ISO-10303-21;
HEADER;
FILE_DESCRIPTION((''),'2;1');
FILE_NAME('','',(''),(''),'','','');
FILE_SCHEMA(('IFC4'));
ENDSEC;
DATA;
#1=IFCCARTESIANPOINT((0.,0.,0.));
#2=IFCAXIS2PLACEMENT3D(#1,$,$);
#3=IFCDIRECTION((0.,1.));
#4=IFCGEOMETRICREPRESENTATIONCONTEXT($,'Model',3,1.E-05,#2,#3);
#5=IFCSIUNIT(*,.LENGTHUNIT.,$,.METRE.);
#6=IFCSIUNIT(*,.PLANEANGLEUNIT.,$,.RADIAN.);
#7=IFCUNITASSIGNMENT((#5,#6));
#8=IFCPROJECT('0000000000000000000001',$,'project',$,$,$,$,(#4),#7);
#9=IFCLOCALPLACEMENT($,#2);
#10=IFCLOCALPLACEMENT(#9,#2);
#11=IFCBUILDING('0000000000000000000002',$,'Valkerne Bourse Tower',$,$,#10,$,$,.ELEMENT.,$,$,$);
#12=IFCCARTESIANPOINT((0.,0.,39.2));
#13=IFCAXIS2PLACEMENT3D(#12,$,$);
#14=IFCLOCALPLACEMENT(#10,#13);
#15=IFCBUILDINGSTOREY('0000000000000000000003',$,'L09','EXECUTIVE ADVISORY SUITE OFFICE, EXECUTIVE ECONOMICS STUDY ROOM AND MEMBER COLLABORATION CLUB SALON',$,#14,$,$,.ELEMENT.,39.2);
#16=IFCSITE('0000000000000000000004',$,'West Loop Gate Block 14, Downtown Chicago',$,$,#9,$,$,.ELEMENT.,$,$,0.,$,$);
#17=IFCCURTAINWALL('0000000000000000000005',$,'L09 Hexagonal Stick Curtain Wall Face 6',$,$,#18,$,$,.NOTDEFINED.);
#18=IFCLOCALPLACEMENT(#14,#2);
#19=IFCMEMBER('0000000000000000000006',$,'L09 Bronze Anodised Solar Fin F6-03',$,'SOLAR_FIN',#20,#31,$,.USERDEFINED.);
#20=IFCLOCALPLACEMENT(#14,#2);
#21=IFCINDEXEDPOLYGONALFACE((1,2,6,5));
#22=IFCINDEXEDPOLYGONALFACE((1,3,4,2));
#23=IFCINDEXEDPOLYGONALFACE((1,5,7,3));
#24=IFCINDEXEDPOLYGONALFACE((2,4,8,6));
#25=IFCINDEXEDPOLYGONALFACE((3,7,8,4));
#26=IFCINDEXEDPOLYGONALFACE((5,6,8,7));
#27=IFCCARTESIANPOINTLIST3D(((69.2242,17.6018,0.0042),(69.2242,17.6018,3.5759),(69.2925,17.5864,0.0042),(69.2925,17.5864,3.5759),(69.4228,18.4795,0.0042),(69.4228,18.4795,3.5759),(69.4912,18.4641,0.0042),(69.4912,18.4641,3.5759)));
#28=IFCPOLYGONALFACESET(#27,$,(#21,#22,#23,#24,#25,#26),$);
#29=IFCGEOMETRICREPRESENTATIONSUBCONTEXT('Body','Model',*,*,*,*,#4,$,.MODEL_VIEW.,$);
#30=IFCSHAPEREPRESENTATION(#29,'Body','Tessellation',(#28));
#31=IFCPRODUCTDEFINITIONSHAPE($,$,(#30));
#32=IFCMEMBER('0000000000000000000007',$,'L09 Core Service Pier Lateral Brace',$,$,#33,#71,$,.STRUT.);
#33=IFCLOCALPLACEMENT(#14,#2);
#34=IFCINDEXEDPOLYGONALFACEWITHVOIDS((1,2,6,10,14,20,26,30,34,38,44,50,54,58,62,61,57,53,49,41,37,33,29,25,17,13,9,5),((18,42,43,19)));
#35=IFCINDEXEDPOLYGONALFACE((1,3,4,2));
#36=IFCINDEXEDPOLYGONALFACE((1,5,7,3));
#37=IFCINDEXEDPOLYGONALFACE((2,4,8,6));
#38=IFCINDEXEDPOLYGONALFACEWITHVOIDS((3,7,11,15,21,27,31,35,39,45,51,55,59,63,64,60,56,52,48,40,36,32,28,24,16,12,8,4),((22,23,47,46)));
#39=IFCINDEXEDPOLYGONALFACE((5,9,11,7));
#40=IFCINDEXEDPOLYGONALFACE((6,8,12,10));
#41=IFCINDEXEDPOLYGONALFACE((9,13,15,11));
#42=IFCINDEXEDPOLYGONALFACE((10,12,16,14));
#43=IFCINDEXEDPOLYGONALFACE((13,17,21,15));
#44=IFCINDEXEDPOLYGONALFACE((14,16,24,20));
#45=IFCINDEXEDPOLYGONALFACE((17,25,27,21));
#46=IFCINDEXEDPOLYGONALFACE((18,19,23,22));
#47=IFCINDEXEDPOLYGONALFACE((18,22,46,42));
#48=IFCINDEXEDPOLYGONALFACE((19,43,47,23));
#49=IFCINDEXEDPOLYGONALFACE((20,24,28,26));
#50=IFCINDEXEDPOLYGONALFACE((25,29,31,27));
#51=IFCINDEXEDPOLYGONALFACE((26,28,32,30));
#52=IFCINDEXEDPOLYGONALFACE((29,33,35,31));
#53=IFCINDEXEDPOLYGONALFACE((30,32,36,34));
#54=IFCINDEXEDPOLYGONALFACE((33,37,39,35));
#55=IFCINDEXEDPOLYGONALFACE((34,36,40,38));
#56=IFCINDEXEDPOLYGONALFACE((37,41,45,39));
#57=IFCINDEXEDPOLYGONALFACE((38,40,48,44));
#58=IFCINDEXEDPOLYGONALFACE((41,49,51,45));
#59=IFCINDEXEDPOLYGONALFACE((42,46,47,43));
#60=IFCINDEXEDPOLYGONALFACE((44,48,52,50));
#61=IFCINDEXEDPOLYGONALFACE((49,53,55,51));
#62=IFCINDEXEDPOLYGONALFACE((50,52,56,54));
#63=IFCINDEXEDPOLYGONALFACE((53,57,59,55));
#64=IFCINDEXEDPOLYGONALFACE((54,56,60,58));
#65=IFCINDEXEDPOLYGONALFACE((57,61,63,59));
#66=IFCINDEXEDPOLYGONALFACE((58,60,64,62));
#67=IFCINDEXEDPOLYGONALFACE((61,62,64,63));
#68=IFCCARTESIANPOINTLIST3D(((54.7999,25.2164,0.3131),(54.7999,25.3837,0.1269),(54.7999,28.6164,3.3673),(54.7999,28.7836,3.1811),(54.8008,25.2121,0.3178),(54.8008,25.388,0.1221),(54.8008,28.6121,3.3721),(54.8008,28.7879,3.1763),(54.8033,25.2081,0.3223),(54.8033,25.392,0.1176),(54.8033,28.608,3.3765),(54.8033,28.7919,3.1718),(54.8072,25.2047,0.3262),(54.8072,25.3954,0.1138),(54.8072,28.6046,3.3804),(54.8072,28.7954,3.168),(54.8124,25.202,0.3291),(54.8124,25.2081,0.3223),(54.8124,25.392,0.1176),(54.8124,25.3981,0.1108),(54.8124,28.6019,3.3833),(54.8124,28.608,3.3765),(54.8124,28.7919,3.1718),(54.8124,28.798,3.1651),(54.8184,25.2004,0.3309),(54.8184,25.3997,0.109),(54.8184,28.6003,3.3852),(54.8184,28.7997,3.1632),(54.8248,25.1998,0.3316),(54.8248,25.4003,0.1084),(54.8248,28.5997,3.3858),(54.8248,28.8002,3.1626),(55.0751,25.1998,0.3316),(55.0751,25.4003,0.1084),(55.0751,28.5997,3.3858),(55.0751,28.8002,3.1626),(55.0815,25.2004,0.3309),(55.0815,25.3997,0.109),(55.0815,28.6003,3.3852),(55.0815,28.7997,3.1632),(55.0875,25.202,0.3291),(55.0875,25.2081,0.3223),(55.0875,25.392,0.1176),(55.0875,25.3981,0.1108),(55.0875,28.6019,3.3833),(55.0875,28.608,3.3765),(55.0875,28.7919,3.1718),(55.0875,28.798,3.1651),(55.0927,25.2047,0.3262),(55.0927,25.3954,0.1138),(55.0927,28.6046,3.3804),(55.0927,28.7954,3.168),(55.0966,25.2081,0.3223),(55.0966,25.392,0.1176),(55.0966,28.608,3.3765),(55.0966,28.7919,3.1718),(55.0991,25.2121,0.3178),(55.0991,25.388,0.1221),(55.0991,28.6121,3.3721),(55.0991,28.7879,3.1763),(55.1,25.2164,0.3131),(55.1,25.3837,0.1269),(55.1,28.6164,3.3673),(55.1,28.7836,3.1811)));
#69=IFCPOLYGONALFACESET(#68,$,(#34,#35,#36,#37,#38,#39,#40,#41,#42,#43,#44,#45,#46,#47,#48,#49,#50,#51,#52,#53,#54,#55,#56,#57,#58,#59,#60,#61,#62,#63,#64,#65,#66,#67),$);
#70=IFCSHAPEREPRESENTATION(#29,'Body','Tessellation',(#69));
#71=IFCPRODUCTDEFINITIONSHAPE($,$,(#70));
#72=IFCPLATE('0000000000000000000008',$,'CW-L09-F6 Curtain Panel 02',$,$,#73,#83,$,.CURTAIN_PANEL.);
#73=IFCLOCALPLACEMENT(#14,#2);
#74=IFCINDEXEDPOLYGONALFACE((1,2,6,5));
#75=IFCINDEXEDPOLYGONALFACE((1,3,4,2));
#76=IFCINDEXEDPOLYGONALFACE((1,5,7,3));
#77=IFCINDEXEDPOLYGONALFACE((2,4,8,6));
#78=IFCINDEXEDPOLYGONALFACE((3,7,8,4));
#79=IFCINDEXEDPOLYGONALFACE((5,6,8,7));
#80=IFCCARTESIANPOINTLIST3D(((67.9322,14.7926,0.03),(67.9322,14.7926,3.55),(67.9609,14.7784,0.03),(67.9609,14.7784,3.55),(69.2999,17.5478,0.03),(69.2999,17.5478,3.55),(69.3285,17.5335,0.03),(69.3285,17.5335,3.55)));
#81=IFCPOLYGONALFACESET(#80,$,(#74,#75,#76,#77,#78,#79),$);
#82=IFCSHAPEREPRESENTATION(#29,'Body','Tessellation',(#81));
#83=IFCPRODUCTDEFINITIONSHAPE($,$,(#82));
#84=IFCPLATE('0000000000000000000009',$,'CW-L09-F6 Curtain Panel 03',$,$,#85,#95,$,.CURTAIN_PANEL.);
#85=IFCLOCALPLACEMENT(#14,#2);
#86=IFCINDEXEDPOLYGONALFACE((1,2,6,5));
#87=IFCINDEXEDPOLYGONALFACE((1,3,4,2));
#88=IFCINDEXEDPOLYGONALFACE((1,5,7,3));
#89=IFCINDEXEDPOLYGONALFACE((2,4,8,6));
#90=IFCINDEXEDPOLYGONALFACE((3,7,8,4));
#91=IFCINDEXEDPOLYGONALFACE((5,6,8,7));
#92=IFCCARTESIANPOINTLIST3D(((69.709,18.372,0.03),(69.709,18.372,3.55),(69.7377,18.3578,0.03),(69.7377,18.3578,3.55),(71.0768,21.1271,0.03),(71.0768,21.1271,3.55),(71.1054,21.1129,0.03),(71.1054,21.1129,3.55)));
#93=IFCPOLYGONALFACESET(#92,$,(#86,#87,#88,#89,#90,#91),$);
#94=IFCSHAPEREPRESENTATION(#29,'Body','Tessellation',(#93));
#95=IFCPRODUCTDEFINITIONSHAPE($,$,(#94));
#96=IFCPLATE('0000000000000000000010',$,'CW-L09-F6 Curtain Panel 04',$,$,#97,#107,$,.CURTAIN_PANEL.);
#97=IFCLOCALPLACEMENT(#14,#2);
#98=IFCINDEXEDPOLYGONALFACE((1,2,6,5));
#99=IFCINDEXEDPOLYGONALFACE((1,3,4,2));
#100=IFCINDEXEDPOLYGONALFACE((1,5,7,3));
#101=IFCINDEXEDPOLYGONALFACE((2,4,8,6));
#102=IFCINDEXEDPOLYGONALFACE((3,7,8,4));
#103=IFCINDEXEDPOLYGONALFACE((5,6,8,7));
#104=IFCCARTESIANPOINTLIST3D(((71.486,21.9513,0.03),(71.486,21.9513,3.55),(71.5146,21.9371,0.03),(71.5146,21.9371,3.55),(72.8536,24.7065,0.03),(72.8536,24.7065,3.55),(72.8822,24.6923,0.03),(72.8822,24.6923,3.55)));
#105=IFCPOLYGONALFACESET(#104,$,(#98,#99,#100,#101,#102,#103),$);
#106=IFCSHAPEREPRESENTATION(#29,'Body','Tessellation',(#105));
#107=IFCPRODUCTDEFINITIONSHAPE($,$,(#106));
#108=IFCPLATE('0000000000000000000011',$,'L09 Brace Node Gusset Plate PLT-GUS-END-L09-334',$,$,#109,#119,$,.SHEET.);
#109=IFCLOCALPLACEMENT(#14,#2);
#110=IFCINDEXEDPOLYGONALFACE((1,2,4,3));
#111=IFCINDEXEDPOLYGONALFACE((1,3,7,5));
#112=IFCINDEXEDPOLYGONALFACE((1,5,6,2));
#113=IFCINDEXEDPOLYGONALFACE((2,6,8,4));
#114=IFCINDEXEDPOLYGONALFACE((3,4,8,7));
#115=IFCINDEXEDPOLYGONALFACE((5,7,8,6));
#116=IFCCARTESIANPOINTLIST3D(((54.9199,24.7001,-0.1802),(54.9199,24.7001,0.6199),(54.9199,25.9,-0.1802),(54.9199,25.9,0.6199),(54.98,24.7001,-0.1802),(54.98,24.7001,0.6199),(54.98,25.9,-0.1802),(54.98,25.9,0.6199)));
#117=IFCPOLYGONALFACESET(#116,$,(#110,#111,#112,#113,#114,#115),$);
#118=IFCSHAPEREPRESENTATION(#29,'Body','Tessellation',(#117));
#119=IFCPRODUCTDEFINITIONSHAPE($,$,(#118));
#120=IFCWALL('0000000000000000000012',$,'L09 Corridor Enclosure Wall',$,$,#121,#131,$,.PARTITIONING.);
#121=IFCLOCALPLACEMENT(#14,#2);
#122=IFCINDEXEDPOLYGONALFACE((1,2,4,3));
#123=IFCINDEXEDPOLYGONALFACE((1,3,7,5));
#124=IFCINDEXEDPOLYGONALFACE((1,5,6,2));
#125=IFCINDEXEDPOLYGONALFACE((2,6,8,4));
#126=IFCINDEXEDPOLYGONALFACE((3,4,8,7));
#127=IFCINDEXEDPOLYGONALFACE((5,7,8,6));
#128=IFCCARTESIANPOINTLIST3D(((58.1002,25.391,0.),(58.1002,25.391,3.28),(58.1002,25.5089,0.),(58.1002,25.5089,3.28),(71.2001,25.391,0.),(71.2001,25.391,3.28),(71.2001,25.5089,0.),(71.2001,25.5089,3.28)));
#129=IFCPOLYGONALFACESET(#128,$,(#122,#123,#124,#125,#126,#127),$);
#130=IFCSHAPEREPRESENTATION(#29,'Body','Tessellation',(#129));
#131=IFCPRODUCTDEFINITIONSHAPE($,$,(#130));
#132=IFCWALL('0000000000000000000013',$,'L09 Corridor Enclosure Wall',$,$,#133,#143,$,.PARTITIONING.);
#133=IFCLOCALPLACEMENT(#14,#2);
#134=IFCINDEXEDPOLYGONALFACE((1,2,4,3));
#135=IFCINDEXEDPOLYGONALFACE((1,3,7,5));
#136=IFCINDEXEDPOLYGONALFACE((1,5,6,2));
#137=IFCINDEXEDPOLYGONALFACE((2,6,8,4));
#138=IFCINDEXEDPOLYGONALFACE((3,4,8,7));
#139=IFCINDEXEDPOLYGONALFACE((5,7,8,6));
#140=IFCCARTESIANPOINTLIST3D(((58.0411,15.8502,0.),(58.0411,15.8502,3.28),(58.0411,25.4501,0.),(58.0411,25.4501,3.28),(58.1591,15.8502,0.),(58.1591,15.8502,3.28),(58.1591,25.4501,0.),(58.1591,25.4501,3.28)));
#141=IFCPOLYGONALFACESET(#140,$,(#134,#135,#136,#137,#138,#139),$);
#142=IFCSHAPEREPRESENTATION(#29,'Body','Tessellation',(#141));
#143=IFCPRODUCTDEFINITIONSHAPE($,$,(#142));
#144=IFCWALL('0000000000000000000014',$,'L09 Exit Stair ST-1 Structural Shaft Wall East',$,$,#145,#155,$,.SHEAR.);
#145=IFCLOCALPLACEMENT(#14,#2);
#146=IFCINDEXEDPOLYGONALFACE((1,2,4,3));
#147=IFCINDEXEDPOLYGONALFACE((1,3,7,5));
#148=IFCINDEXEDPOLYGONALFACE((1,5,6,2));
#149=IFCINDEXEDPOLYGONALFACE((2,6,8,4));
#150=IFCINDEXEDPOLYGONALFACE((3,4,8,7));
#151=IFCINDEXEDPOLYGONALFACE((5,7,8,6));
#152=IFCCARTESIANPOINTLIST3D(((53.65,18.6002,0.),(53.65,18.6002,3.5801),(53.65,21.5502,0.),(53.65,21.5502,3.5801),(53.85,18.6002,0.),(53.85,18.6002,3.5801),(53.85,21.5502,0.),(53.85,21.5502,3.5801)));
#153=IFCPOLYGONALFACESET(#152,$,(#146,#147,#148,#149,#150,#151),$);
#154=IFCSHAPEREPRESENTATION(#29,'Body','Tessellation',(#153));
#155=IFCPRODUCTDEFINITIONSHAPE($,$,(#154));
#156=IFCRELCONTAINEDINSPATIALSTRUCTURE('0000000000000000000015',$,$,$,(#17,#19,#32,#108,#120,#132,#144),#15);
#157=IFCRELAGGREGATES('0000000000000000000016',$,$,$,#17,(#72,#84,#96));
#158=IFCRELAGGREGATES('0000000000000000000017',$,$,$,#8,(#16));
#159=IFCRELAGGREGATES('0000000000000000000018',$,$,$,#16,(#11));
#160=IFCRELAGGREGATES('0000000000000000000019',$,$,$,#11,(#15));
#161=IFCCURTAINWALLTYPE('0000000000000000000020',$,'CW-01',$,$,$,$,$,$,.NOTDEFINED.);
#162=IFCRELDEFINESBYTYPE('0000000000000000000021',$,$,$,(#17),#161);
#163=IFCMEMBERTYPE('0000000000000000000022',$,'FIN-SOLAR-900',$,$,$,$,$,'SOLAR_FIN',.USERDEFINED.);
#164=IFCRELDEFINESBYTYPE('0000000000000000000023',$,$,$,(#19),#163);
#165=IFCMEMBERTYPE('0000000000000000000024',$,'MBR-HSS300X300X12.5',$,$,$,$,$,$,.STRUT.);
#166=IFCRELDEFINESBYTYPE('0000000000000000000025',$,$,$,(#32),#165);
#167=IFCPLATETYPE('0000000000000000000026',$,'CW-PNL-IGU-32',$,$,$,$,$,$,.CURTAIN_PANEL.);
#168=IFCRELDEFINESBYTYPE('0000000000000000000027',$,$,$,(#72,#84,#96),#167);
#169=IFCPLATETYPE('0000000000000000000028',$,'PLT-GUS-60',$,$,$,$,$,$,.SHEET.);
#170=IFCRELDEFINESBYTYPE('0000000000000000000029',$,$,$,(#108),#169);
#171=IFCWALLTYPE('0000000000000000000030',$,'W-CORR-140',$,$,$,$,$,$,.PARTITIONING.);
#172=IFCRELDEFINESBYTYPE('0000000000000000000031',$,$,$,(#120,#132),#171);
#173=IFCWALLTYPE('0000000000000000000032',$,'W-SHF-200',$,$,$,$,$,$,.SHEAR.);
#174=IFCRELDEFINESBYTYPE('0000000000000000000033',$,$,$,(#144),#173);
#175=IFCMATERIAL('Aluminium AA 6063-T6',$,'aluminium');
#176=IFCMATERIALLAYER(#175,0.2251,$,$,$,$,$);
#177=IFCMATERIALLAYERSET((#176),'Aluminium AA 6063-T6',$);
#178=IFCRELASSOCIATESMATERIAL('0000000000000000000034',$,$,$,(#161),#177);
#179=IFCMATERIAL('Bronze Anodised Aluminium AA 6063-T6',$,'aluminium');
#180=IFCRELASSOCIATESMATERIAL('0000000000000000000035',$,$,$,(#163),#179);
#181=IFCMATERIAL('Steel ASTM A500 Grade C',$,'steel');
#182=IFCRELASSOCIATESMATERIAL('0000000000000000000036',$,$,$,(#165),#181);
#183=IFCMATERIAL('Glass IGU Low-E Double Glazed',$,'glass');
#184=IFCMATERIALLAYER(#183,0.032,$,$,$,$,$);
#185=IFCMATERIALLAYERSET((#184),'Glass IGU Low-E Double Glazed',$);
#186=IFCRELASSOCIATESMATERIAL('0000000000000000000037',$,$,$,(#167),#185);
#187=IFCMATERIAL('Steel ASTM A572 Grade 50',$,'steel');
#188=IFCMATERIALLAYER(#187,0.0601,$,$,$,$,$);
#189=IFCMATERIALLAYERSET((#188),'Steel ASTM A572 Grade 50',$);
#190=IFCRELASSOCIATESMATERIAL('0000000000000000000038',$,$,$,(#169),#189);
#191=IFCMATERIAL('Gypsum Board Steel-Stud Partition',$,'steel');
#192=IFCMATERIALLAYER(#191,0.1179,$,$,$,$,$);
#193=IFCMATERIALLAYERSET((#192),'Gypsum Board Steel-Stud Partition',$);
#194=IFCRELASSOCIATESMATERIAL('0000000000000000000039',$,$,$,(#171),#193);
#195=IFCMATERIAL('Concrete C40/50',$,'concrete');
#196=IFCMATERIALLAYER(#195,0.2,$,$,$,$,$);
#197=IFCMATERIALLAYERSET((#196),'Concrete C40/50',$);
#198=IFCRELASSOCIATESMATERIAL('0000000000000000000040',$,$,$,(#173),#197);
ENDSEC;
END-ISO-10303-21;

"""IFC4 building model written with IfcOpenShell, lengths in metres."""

from ifc_helpers import new_model, si_unit, direction, frame, frame_2d, origin, origin_2d, place, context, subcontext, project, spatial, rectangle, hollow_rectangle, extrude, material, layer, layer_set, material_profile, profile_set, type_object, element, aggregate, save


model = new_model("IFC4")

# Units and contexts
model_context = context("Model", 3, precision=1e-05, world=origin(), true_north=direction((0.0, 1.0)))
body_context = subcontext(model_context, "Body", "Model", "MODEL_VIEW")
ifc_project = project(units=[si_unit("LENGTHUNIT", "METRE"), si_unit("PLANEANGLEUNIT", "RADIAN")], contexts=[model_context])

# Site, building, storey
site_placement = place(None, origin())
site = spatial("IfcSite", under=ifc_project, at=site_placement, Name="West Loop Gate Block 14, Downtown Chicago", CompositionType="ELEMENT", RefElevation=0.0)
building_placement = place(site_placement, origin())
building = spatial("IfcBuilding", under=site, at=building_placement, Name="Valkerne Bourse Tower", CompositionType="ELEMENT")
storey_placement = place(building_placement, frame((0.0, 0.0, 39.2)))
storey = spatial("IfcBuildingStorey", under=building, at=storey_placement, Name="L09", Description="EXECUTIVE ADVISORY SUITE OFFICE, EXECUTIVE ECONOMICS STUDY ROOM AND MEMBER COLLABORATION CLUB SALON", CompositionType="ELEMENT", Elevation=39.2)

# Curtain wall
ifc_material_1 = material(Name="Aluminium AA 6063-T6", Category="aluminium")
ifc_layer_1 = layer(ifc_material_1, 0.2251)
ifc_layer_set_1 = layer_set([ifc_layer_1], Name="Aluminium AA 6063-T6")
curtain_wall_type = type_object("IfcCurtainWallType", Name="CW-01", PredefinedType="NOTDEFINED", material=ifc_layer_set_1)
curtain_wall_placement = place(storey_placement, origin())
curtain_wall = element("IfcCurtainWall", 1, at=curtain_wall_placement, inside=storey, type_object=curtain_wall_type, Name="L09 Hexagonal Stick Curtain Wall Face 6", PredefinedType="NOTDEFINED")

# Members
ifc_material_2 = material(Name="Bronze Anodised Aluminium AA 6063-T6", Category="aluminium")
ifc_material_profile_1 = material_profile(ifc_material_2, rectangle(XDim=0.0701, YDim=0.8999, at=origin_2d()), Name="FIN-70X900")
ifc_profile_set_1 = profile_set([ifc_material_profile_1], Name="Bronze Anodised Aluminium AA 6063-T6")
member_type_1 = type_object("IfcMemberType", Name="FIN-SOLAR-900", ElementType="SOLAR_FIN", PredefinedType="USERDEFINED", material=ifc_profile_set_1)
member_1_placement = place(storey_placement, frame((69.3577, 18.033, 0.0042), z_axis=(0.0, 0.0, 1.0), x_axis=(0.975326, -0.22077, 0.0)))
element("IfcMember", 2, at=member_1_placement, inside=storey, type_object=member_type_1, Name="L09 Bronze Anodised Solar Fin F6-03", ObjectType="SOLAR_FIN", PredefinedType="USERDEFINED", context=body_context, shape_type="SweptSolid", body=[
    extrude(rectangle(XDim=0.0701, YDim=0.8999, at=origin_2d()), origin(), (0.0, 0.0, 1.0), 3.5718),
])
ifc_material_3 = material(Name="Steel ASTM A500 Grade C", Category="steel")
ifc_material_profile_2 = material_profile(ifc_material_3, hollow_rectangle(XDim=0.3, YDim=0.3, WallThickness=0.0125, OuterFilletRadius=0.0249, at=origin_2d()), Name="HSS300X300X12.5")
ifc_profile_set_2 = profile_set([ifc_material_profile_2], Name="Steel ASTM A500 Grade C")
member_type_2 = type_object("IfcMemberType", Name="MBR-HSS300X300X12.5", PredefinedType="STRUT", material=ifc_profile_set_2)
member_2_placement = place(storey_placement, frame((54.95, 25.3, 0.22), z_axis=(0.0, 0.743915, 0.668274), x_axis=(-1.0, 0.0, 0.0)))
element("IfcMember", 3, at=member_2_placement, inside=storey, type_object=member_type_2, Name="L09 Core Service Pier Lateral Brace", PredefinedType="STRUT", context=body_context, shape_type="SweptSolid", body=[
    extrude(hollow_rectangle(XDim=0.3, YDim=0.3, WallThickness=0.0125, OuterFilletRadius=0.0249, at=origin_2d()), origin(), (0.0, 0.0, 1.0), 4.5703),
])

# Plates
ifc_material_4 = material(Name="Glass IGU Low-E Double Glazed", Category="glass")
ifc_layer_2 = layer(ifc_material_4, 0.032)
ifc_layer_set_2 = layer_set([ifc_layer_2], Name="Glass IGU Low-E Double Glazed")
plate_type_1 = type_object("IfcPlateType", Name="CW-PNL-IGU-32", PredefinedType="CURTAIN_PANEL", material=ifc_layer_set_2)
plate_1_placement = place(storey_placement, frame((68.6304, 16.1631, 0.03), z_axis=(0.0, 0.0, 1.0), x_axis=(0.444639, 0.89571, 0.0)))
plate_1 = element("IfcPlate", 4, at=plate_1_placement, type_object=plate_type_1, Name="CW-L09-F6 Curtain Panel 02", PredefinedType="CURTAIN_PANEL", context=body_context, shape_type="SweptSolid", body=[
    extrude(rectangle(XDim=3.0759, YDim=0.032, at=origin_2d()), origin(), (0.0, 0.0, 1.0), 3.52),
])
plate_2_placement = place(storey_placement, frame((70.4072, 19.7424, 0.03), z_axis=(0.0, 0.0, 1.0), x_axis=(0.444649, 0.895705, 0.0)))
plate_2 = element("IfcPlate", 5, at=plate_2_placement, type_object=plate_type_1, Name="CW-L09-F6 Curtain Panel 03", PredefinedType="CURTAIN_PANEL", context=body_context, shape_type="SweptSolid", body=[
    extrude(rectangle(XDim=3.0759, YDim=0.032, at=origin_2d()), origin(), (0.0, 0.0, 1.0), 3.52),
])
plate_3_placement = place(storey_placement, frame((72.1841, 23.3218, 0.03), z_axis=(0.0, 0.0, 1.0), x_axis=(0.444619, 0.89572, 0.0)))
plate_3 = element("IfcPlate", 6, at=plate_3_placement, type_object=plate_type_1, Name="CW-L09-F6 Curtain Panel 04", PredefinedType="CURTAIN_PANEL", context=body_context, shape_type="SweptSolid", body=[
    extrude(rectangle(XDim=3.0759, YDim=0.032, at=origin_2d()), origin(), (0.0, 0.0, 1.0), 3.52),
])
aggregate(curtain_wall, [plate_1, plate_2, plate_3])
ifc_material_5 = material(Name="Steel ASTM A572 Grade 50", Category="steel")
ifc_layer_3 = layer(ifc_material_5, 0.0601)
ifc_layer_set_3 = layer_set([ifc_layer_3], Name="Steel ASTM A572 Grade 50")
plate_type_2 = type_object("IfcPlateType", Name="PLT-GUS-60", PredefinedType="SHEET", material=ifc_layer_set_3)
plate_4_placement = place(storey_placement, frame((54.95, 25.3, -0.1802), z_axis=(0.0, 0.0, 1.0), x_axis=(0.0, 1.0, 0.0)))
element("IfcPlate", 7, at=plate_4_placement, inside=storey, type_object=plate_type_2, Name="L09 Brace Node Gusset Plate PLT-GUS-END-L09-334", PredefinedType="SHEET", context=body_context, shape_type="SweptSolid", body=[
    extrude(rectangle(XDim=1.2, YDim=0.0601, at=origin_2d()), origin(), (0.0, 0.0, 1.0), 0.8),
])

# Walls
ifc_material_6 = material(Name="Gypsum Board Steel-Stud Partition", Category="steel")
ifc_layer_4 = layer(ifc_material_6, 0.1179)
ifc_layer_set_4 = layer_set([ifc_layer_4], Name="Gypsum Board Steel-Stud Partition")
wall_type_1 = type_object("IfcWallType", Name="W-CORR-140", PredefinedType="PARTITIONING", material=ifc_layer_set_4)
wall_1_placement = place(storey_placement, frame((71.2, 25.45, 0.0), z_axis=(0.0, 0.0, 1.0), x_axis=(-1.0, 0.0, 0.0)))
element("IfcWall", 8, at=wall_1_placement, inside=storey, type_object=wall_type_1, Name="L09 Corridor Enclosure Wall", PredefinedType="PARTITIONING", context=body_context, shape_type="SweptSolid", body=[
    extrude(rectangle(XDim=13.0999, YDim=0.1179, at=frame_2d((6.5498, 0.0))), origin(), (0.0, 0.0, 1.0), 3.28),
])
wall_2_placement = place(storey_placement, frame((58.1001, 25.45, 0.0), z_axis=(0.0, 0.0, 1.0), x_axis=(0.0, -1.0, 0.0)))
element("IfcWall", 9, at=wall_2_placement, inside=storey, type_object=wall_type_1, Name="L09 Corridor Enclosure Wall", PredefinedType="PARTITIONING", context=body_context, shape_type="SweptSolid", body=[
    extrude(rectangle(XDim=9.5999, YDim=0.1179, at=frame_2d((4.7998, 0.0))), origin(), (0.0, 0.0, 1.0), 3.28),
])

# Wall
ifc_material_7 = material(Name="Concrete C40/50", Category="concrete")
ifc_layer_5 = layer(ifc_material_7, 0.2)
ifc_layer_set_5 = layer_set([ifc_layer_5], Name="Concrete C40/50")
wall_type_2 = type_object("IfcWallType", Name="W-SHF-200", PredefinedType="SHEAR", material=ifc_layer_set_5)
wall_3_placement = place(storey_placement, frame((53.75, 18.6001, 0.0), z_axis=(0.0, 0.0, 1.0), x_axis=(0.0, 1.0, 0.0)))
element("IfcWall", 10, at=wall_3_placement, inside=storey, type_object=wall_type_2, Name="L09 Exit Stair ST-1 Structural Shaft Wall East", PredefinedType="SHEAR", context=body_context, shape_type="SweptSolid", body=[
    extrude(rectangle(XDim=2.95, YDim=0.2, at=frame_2d((1.4751, 0.0))), origin(), (0.0, 0.0, 1.0), 3.5801),
])

save(model, "model.ifc")
